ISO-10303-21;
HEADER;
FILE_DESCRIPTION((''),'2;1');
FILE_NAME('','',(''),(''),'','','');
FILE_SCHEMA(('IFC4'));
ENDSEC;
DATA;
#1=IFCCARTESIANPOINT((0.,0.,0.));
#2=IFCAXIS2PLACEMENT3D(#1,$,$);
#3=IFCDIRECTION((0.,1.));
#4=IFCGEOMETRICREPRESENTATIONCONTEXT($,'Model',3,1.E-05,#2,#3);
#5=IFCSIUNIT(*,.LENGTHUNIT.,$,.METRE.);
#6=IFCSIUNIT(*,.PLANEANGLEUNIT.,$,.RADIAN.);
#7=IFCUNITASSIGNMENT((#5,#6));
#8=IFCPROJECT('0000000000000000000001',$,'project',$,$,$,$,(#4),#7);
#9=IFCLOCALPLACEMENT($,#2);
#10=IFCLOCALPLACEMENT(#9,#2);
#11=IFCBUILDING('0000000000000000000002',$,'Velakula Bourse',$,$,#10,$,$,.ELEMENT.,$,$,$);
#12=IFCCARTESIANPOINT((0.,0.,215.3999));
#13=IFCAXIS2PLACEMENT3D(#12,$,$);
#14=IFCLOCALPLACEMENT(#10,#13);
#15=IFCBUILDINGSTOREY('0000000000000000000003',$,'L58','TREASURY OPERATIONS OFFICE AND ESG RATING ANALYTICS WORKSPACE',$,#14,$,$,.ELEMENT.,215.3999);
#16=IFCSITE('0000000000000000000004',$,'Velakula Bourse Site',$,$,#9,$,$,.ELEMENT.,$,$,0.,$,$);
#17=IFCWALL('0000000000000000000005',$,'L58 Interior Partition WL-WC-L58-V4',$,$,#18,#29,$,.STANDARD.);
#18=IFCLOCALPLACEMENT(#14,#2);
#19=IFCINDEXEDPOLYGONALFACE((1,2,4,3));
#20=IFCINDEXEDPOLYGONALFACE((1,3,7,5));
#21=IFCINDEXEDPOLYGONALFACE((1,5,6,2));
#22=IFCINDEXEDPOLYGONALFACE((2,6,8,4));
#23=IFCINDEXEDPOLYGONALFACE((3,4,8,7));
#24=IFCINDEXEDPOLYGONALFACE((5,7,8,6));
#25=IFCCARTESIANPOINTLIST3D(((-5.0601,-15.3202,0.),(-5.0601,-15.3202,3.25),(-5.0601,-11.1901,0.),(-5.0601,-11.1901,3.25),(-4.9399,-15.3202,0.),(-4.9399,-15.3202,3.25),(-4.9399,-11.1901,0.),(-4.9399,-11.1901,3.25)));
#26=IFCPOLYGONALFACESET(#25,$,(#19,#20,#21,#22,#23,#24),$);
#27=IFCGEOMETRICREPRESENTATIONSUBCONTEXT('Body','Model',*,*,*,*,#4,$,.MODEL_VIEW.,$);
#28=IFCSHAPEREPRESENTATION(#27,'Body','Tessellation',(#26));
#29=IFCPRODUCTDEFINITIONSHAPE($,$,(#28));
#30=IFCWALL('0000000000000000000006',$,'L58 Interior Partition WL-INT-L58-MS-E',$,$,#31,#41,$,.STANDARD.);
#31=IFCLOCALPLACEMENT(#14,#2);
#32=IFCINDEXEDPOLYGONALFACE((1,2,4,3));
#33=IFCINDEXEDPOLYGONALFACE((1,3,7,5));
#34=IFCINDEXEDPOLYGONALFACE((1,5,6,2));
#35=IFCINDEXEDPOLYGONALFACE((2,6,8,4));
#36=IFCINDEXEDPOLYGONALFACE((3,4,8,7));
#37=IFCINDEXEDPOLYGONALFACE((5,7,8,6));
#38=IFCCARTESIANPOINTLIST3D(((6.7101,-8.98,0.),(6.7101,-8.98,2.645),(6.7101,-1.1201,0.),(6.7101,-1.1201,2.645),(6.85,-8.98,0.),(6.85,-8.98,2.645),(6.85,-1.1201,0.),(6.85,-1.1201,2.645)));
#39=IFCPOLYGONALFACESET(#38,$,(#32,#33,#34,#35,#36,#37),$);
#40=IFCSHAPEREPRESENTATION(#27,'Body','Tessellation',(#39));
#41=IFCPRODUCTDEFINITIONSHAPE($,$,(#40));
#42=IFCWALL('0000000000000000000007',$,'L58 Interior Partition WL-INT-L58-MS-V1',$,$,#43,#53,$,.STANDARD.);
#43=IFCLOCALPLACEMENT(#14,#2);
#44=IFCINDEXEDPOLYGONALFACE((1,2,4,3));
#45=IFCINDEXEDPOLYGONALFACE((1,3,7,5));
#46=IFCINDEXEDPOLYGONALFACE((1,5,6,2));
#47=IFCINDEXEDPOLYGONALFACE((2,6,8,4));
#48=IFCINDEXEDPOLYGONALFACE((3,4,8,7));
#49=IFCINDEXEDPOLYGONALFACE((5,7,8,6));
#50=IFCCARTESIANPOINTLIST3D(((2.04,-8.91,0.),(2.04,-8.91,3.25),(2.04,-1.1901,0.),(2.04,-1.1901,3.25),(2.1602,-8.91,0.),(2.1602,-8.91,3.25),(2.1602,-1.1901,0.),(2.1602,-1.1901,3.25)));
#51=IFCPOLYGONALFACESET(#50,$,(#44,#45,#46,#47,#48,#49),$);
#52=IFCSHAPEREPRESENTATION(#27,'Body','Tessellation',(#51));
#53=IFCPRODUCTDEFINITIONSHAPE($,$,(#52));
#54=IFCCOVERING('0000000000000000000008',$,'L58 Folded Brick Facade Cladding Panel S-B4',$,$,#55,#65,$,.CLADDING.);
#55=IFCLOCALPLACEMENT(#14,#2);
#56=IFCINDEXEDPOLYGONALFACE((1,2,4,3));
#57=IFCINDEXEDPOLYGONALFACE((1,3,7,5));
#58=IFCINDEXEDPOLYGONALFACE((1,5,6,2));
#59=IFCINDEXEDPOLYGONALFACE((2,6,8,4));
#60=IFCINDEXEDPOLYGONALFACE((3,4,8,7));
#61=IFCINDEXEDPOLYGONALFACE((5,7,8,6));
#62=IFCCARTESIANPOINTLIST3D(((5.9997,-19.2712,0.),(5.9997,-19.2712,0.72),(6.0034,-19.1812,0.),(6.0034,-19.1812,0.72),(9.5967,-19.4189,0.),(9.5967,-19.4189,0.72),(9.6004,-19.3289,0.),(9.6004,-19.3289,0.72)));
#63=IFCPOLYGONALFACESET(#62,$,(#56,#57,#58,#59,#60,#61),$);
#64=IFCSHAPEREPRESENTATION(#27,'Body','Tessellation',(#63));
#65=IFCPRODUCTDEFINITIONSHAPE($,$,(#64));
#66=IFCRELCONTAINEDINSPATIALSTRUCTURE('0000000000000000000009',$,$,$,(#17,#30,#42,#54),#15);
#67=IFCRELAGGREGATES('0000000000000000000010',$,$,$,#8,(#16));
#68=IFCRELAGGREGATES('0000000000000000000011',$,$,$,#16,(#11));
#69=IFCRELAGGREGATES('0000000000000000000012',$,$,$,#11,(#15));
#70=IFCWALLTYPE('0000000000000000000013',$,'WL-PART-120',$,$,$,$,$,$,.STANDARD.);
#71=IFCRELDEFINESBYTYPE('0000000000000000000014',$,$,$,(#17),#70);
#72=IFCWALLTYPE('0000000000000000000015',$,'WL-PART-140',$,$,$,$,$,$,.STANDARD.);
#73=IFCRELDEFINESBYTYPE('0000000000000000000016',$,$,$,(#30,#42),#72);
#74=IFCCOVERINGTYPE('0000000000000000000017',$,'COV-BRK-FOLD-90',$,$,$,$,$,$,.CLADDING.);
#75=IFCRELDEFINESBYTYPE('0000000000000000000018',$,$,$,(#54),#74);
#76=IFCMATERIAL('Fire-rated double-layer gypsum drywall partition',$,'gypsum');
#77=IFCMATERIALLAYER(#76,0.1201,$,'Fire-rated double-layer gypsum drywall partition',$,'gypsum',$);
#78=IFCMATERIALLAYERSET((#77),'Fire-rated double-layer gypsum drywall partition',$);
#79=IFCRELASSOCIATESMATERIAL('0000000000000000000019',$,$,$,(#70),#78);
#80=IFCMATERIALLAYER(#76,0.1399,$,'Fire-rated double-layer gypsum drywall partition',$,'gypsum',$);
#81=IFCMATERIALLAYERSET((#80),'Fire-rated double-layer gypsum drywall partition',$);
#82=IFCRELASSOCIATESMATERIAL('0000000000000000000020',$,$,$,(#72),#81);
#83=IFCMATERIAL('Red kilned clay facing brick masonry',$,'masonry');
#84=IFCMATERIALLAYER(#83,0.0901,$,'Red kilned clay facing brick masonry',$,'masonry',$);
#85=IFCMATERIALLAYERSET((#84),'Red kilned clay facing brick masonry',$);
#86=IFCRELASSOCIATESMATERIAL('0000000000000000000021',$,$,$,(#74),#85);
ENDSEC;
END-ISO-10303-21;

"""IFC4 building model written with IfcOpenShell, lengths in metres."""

from ifc_helpers import new_model, si_unit, direction, frame, frame_2d, origin, origin_2d, place, context, subcontext, project, spatial, rectangle, extrude, material, layer, layer_set, type_object, element, save


model = new_model("IFC4")

# Units and contexts
model_context = context("Model", 3, precision=1e-05, world=origin(), true_north=direction((0.0, 1.0)))
body_context = subcontext(model_context, "Body", "Model", "MODEL_VIEW")
ifc_project = project(units=[si_unit("LENGTHUNIT", "METRE"), si_unit("PLANEANGLEUNIT", "RADIAN")], contexts=[model_context])

# Site, building, storey
site_placement = place(None, origin())
site = spatial("IfcSite", under=ifc_project, at=site_placement, Name="Velakula Bourse Site", CompositionType="ELEMENT", RefElevation=0.0)
building_placement = place(site_placement, origin())
building = spatial("IfcBuilding", under=site, at=building_placement, Name="Velakula Bourse", CompositionType="ELEMENT")
storey_placement = place(building_placement, frame((0.0, 0.0, 215.3999)))
storey = spatial("IfcBuildingStorey", under=building, at=storey_placement, Name="L58", Description="TREASURY OPERATIONS OFFICE AND ESG RATING ANALYTICS WORKSPACE", CompositionType="ELEMENT", Elevation=215.3999)

# Walls
ifc_material_1 = material(Name="Fire-rated double-layer gypsum drywall partition", Category="gypsum")
ifc_layer_1 = layer(ifc_material_1, 0.1201, Name="Fire-rated double-layer gypsum drywall partition", Category="gypsum")
ifc_layer_set_1 = layer_set([ifc_layer_1], Name="Fire-rated double-layer gypsum drywall partition")
wall_type_1 = type_object("IfcWallType", Name="WL-PART-120", PredefinedType="STANDARD", material=ifc_layer_set_1)
wall_1_placement = place(storey_placement, frame((-5.0, -15.3201, 0.0), z_axis=(0.0, 0.0, 1.0), x_axis=(0.0, 1.0, 0.0)))
element("IfcWall", 1, at=wall_1_placement, inside=storey, type_object=wall_type_1, Name="L58 Interior Partition WL-WC-L58-V4", PredefinedType="STANDARD", context=body_context, shape_type="SweptSolid", body=[
    extrude(rectangle(XDim=4.1301, YDim=0.1201, at=frame_2d((2.0649, 0.0))), origin(), (0.0, 0.0, 1.0), 3.25),
])
ifc_layer_2 = layer(ifc_material_1, 0.1399, Name="Fire-rated double-layer gypsum drywall partition", Category="gypsum")
ifc_layer_set_2 = layer_set([ifc_layer_2], Name="Fire-rated double-layer gypsum drywall partition")
wall_type_2 = type_object("IfcWallType", Name="WL-PART-140", PredefinedType="STANDARD", material=ifc_layer_set_2)
wall_2_placement = place(storey_placement, frame((6.78, -8.98, 0.0), z_axis=(0.0, 0.0, 1.0), x_axis=(0.0, 1.0, 0.0)))
element("IfcWall", 2, at=wall_2_placement, inside=storey, type_object=wall_type_2, Name="L58 Interior Partition WL-INT-L58-MS-E", PredefinedType="STANDARD", context=body_context, shape_type="SweptSolid", body=[
    extrude(rectangle(XDim=7.8599, YDim=0.1399, at=frame_2d((3.9299, 0.0))), origin(), (0.0, 0.0, 1.0), 2.645),
])
wall_3_placement = place(storey_placement, frame((2.1001, -8.9099, 0.0), z_axis=(0.0, 0.0, 1.0), x_axis=(0.0, 1.0, 0.0)))
element("IfcWall", 3, at=wall_3_placement, inside=storey, type_object=wall_type_2, Name="L58 Interior Partition WL-INT-L58-MS-V1", PredefinedType="STANDARD", context=body_context, shape_type="SweptSolid", body=[
    extrude(rectangle(XDim=7.72, YDim=0.1201, at=frame_2d((3.8599, 0.0))), origin(), (0.0, 0.0, 1.0), 3.25),
])

# Covering
ifc_material_2 = material(Name="Red kilned clay facing brick masonry", Category="masonry")
ifc_layer_3 = layer(ifc_material_2, 0.0901, Name="Red kilned clay facing brick masonry", Category="masonry")
ifc_layer_set_3 = layer_set([ifc_layer_3], Name="Red kilned clay facing brick masonry")
covering_type = type_object("IfcCoveringType", Name="COV-BRK-FOLD-90", PredefinedType="CLADDING", material=ifc_layer_set_3)
covering_placement = place(storey_placement, frame((7.8, -19.3, 0.0), z_axis=(0.0, 0.0, 1.0), x_axis=(0.999159, -0.041004, 0.0)))
element("IfcCovering", 4, at=covering_placement, inside=storey, type_object=covering_type, Name="L58 Folded Brick Facade Cladding Panel S-B4", PredefinedType="CLADDING", context=body_context, shape_type="SweptSolid", body=[
    extrude(rectangle(XDim=3.6001, YDim=0.0901, at=origin_2d()), origin(), (0.0, 0.0, 1.0), 0.72),
])

save(model, "model.ifc")
